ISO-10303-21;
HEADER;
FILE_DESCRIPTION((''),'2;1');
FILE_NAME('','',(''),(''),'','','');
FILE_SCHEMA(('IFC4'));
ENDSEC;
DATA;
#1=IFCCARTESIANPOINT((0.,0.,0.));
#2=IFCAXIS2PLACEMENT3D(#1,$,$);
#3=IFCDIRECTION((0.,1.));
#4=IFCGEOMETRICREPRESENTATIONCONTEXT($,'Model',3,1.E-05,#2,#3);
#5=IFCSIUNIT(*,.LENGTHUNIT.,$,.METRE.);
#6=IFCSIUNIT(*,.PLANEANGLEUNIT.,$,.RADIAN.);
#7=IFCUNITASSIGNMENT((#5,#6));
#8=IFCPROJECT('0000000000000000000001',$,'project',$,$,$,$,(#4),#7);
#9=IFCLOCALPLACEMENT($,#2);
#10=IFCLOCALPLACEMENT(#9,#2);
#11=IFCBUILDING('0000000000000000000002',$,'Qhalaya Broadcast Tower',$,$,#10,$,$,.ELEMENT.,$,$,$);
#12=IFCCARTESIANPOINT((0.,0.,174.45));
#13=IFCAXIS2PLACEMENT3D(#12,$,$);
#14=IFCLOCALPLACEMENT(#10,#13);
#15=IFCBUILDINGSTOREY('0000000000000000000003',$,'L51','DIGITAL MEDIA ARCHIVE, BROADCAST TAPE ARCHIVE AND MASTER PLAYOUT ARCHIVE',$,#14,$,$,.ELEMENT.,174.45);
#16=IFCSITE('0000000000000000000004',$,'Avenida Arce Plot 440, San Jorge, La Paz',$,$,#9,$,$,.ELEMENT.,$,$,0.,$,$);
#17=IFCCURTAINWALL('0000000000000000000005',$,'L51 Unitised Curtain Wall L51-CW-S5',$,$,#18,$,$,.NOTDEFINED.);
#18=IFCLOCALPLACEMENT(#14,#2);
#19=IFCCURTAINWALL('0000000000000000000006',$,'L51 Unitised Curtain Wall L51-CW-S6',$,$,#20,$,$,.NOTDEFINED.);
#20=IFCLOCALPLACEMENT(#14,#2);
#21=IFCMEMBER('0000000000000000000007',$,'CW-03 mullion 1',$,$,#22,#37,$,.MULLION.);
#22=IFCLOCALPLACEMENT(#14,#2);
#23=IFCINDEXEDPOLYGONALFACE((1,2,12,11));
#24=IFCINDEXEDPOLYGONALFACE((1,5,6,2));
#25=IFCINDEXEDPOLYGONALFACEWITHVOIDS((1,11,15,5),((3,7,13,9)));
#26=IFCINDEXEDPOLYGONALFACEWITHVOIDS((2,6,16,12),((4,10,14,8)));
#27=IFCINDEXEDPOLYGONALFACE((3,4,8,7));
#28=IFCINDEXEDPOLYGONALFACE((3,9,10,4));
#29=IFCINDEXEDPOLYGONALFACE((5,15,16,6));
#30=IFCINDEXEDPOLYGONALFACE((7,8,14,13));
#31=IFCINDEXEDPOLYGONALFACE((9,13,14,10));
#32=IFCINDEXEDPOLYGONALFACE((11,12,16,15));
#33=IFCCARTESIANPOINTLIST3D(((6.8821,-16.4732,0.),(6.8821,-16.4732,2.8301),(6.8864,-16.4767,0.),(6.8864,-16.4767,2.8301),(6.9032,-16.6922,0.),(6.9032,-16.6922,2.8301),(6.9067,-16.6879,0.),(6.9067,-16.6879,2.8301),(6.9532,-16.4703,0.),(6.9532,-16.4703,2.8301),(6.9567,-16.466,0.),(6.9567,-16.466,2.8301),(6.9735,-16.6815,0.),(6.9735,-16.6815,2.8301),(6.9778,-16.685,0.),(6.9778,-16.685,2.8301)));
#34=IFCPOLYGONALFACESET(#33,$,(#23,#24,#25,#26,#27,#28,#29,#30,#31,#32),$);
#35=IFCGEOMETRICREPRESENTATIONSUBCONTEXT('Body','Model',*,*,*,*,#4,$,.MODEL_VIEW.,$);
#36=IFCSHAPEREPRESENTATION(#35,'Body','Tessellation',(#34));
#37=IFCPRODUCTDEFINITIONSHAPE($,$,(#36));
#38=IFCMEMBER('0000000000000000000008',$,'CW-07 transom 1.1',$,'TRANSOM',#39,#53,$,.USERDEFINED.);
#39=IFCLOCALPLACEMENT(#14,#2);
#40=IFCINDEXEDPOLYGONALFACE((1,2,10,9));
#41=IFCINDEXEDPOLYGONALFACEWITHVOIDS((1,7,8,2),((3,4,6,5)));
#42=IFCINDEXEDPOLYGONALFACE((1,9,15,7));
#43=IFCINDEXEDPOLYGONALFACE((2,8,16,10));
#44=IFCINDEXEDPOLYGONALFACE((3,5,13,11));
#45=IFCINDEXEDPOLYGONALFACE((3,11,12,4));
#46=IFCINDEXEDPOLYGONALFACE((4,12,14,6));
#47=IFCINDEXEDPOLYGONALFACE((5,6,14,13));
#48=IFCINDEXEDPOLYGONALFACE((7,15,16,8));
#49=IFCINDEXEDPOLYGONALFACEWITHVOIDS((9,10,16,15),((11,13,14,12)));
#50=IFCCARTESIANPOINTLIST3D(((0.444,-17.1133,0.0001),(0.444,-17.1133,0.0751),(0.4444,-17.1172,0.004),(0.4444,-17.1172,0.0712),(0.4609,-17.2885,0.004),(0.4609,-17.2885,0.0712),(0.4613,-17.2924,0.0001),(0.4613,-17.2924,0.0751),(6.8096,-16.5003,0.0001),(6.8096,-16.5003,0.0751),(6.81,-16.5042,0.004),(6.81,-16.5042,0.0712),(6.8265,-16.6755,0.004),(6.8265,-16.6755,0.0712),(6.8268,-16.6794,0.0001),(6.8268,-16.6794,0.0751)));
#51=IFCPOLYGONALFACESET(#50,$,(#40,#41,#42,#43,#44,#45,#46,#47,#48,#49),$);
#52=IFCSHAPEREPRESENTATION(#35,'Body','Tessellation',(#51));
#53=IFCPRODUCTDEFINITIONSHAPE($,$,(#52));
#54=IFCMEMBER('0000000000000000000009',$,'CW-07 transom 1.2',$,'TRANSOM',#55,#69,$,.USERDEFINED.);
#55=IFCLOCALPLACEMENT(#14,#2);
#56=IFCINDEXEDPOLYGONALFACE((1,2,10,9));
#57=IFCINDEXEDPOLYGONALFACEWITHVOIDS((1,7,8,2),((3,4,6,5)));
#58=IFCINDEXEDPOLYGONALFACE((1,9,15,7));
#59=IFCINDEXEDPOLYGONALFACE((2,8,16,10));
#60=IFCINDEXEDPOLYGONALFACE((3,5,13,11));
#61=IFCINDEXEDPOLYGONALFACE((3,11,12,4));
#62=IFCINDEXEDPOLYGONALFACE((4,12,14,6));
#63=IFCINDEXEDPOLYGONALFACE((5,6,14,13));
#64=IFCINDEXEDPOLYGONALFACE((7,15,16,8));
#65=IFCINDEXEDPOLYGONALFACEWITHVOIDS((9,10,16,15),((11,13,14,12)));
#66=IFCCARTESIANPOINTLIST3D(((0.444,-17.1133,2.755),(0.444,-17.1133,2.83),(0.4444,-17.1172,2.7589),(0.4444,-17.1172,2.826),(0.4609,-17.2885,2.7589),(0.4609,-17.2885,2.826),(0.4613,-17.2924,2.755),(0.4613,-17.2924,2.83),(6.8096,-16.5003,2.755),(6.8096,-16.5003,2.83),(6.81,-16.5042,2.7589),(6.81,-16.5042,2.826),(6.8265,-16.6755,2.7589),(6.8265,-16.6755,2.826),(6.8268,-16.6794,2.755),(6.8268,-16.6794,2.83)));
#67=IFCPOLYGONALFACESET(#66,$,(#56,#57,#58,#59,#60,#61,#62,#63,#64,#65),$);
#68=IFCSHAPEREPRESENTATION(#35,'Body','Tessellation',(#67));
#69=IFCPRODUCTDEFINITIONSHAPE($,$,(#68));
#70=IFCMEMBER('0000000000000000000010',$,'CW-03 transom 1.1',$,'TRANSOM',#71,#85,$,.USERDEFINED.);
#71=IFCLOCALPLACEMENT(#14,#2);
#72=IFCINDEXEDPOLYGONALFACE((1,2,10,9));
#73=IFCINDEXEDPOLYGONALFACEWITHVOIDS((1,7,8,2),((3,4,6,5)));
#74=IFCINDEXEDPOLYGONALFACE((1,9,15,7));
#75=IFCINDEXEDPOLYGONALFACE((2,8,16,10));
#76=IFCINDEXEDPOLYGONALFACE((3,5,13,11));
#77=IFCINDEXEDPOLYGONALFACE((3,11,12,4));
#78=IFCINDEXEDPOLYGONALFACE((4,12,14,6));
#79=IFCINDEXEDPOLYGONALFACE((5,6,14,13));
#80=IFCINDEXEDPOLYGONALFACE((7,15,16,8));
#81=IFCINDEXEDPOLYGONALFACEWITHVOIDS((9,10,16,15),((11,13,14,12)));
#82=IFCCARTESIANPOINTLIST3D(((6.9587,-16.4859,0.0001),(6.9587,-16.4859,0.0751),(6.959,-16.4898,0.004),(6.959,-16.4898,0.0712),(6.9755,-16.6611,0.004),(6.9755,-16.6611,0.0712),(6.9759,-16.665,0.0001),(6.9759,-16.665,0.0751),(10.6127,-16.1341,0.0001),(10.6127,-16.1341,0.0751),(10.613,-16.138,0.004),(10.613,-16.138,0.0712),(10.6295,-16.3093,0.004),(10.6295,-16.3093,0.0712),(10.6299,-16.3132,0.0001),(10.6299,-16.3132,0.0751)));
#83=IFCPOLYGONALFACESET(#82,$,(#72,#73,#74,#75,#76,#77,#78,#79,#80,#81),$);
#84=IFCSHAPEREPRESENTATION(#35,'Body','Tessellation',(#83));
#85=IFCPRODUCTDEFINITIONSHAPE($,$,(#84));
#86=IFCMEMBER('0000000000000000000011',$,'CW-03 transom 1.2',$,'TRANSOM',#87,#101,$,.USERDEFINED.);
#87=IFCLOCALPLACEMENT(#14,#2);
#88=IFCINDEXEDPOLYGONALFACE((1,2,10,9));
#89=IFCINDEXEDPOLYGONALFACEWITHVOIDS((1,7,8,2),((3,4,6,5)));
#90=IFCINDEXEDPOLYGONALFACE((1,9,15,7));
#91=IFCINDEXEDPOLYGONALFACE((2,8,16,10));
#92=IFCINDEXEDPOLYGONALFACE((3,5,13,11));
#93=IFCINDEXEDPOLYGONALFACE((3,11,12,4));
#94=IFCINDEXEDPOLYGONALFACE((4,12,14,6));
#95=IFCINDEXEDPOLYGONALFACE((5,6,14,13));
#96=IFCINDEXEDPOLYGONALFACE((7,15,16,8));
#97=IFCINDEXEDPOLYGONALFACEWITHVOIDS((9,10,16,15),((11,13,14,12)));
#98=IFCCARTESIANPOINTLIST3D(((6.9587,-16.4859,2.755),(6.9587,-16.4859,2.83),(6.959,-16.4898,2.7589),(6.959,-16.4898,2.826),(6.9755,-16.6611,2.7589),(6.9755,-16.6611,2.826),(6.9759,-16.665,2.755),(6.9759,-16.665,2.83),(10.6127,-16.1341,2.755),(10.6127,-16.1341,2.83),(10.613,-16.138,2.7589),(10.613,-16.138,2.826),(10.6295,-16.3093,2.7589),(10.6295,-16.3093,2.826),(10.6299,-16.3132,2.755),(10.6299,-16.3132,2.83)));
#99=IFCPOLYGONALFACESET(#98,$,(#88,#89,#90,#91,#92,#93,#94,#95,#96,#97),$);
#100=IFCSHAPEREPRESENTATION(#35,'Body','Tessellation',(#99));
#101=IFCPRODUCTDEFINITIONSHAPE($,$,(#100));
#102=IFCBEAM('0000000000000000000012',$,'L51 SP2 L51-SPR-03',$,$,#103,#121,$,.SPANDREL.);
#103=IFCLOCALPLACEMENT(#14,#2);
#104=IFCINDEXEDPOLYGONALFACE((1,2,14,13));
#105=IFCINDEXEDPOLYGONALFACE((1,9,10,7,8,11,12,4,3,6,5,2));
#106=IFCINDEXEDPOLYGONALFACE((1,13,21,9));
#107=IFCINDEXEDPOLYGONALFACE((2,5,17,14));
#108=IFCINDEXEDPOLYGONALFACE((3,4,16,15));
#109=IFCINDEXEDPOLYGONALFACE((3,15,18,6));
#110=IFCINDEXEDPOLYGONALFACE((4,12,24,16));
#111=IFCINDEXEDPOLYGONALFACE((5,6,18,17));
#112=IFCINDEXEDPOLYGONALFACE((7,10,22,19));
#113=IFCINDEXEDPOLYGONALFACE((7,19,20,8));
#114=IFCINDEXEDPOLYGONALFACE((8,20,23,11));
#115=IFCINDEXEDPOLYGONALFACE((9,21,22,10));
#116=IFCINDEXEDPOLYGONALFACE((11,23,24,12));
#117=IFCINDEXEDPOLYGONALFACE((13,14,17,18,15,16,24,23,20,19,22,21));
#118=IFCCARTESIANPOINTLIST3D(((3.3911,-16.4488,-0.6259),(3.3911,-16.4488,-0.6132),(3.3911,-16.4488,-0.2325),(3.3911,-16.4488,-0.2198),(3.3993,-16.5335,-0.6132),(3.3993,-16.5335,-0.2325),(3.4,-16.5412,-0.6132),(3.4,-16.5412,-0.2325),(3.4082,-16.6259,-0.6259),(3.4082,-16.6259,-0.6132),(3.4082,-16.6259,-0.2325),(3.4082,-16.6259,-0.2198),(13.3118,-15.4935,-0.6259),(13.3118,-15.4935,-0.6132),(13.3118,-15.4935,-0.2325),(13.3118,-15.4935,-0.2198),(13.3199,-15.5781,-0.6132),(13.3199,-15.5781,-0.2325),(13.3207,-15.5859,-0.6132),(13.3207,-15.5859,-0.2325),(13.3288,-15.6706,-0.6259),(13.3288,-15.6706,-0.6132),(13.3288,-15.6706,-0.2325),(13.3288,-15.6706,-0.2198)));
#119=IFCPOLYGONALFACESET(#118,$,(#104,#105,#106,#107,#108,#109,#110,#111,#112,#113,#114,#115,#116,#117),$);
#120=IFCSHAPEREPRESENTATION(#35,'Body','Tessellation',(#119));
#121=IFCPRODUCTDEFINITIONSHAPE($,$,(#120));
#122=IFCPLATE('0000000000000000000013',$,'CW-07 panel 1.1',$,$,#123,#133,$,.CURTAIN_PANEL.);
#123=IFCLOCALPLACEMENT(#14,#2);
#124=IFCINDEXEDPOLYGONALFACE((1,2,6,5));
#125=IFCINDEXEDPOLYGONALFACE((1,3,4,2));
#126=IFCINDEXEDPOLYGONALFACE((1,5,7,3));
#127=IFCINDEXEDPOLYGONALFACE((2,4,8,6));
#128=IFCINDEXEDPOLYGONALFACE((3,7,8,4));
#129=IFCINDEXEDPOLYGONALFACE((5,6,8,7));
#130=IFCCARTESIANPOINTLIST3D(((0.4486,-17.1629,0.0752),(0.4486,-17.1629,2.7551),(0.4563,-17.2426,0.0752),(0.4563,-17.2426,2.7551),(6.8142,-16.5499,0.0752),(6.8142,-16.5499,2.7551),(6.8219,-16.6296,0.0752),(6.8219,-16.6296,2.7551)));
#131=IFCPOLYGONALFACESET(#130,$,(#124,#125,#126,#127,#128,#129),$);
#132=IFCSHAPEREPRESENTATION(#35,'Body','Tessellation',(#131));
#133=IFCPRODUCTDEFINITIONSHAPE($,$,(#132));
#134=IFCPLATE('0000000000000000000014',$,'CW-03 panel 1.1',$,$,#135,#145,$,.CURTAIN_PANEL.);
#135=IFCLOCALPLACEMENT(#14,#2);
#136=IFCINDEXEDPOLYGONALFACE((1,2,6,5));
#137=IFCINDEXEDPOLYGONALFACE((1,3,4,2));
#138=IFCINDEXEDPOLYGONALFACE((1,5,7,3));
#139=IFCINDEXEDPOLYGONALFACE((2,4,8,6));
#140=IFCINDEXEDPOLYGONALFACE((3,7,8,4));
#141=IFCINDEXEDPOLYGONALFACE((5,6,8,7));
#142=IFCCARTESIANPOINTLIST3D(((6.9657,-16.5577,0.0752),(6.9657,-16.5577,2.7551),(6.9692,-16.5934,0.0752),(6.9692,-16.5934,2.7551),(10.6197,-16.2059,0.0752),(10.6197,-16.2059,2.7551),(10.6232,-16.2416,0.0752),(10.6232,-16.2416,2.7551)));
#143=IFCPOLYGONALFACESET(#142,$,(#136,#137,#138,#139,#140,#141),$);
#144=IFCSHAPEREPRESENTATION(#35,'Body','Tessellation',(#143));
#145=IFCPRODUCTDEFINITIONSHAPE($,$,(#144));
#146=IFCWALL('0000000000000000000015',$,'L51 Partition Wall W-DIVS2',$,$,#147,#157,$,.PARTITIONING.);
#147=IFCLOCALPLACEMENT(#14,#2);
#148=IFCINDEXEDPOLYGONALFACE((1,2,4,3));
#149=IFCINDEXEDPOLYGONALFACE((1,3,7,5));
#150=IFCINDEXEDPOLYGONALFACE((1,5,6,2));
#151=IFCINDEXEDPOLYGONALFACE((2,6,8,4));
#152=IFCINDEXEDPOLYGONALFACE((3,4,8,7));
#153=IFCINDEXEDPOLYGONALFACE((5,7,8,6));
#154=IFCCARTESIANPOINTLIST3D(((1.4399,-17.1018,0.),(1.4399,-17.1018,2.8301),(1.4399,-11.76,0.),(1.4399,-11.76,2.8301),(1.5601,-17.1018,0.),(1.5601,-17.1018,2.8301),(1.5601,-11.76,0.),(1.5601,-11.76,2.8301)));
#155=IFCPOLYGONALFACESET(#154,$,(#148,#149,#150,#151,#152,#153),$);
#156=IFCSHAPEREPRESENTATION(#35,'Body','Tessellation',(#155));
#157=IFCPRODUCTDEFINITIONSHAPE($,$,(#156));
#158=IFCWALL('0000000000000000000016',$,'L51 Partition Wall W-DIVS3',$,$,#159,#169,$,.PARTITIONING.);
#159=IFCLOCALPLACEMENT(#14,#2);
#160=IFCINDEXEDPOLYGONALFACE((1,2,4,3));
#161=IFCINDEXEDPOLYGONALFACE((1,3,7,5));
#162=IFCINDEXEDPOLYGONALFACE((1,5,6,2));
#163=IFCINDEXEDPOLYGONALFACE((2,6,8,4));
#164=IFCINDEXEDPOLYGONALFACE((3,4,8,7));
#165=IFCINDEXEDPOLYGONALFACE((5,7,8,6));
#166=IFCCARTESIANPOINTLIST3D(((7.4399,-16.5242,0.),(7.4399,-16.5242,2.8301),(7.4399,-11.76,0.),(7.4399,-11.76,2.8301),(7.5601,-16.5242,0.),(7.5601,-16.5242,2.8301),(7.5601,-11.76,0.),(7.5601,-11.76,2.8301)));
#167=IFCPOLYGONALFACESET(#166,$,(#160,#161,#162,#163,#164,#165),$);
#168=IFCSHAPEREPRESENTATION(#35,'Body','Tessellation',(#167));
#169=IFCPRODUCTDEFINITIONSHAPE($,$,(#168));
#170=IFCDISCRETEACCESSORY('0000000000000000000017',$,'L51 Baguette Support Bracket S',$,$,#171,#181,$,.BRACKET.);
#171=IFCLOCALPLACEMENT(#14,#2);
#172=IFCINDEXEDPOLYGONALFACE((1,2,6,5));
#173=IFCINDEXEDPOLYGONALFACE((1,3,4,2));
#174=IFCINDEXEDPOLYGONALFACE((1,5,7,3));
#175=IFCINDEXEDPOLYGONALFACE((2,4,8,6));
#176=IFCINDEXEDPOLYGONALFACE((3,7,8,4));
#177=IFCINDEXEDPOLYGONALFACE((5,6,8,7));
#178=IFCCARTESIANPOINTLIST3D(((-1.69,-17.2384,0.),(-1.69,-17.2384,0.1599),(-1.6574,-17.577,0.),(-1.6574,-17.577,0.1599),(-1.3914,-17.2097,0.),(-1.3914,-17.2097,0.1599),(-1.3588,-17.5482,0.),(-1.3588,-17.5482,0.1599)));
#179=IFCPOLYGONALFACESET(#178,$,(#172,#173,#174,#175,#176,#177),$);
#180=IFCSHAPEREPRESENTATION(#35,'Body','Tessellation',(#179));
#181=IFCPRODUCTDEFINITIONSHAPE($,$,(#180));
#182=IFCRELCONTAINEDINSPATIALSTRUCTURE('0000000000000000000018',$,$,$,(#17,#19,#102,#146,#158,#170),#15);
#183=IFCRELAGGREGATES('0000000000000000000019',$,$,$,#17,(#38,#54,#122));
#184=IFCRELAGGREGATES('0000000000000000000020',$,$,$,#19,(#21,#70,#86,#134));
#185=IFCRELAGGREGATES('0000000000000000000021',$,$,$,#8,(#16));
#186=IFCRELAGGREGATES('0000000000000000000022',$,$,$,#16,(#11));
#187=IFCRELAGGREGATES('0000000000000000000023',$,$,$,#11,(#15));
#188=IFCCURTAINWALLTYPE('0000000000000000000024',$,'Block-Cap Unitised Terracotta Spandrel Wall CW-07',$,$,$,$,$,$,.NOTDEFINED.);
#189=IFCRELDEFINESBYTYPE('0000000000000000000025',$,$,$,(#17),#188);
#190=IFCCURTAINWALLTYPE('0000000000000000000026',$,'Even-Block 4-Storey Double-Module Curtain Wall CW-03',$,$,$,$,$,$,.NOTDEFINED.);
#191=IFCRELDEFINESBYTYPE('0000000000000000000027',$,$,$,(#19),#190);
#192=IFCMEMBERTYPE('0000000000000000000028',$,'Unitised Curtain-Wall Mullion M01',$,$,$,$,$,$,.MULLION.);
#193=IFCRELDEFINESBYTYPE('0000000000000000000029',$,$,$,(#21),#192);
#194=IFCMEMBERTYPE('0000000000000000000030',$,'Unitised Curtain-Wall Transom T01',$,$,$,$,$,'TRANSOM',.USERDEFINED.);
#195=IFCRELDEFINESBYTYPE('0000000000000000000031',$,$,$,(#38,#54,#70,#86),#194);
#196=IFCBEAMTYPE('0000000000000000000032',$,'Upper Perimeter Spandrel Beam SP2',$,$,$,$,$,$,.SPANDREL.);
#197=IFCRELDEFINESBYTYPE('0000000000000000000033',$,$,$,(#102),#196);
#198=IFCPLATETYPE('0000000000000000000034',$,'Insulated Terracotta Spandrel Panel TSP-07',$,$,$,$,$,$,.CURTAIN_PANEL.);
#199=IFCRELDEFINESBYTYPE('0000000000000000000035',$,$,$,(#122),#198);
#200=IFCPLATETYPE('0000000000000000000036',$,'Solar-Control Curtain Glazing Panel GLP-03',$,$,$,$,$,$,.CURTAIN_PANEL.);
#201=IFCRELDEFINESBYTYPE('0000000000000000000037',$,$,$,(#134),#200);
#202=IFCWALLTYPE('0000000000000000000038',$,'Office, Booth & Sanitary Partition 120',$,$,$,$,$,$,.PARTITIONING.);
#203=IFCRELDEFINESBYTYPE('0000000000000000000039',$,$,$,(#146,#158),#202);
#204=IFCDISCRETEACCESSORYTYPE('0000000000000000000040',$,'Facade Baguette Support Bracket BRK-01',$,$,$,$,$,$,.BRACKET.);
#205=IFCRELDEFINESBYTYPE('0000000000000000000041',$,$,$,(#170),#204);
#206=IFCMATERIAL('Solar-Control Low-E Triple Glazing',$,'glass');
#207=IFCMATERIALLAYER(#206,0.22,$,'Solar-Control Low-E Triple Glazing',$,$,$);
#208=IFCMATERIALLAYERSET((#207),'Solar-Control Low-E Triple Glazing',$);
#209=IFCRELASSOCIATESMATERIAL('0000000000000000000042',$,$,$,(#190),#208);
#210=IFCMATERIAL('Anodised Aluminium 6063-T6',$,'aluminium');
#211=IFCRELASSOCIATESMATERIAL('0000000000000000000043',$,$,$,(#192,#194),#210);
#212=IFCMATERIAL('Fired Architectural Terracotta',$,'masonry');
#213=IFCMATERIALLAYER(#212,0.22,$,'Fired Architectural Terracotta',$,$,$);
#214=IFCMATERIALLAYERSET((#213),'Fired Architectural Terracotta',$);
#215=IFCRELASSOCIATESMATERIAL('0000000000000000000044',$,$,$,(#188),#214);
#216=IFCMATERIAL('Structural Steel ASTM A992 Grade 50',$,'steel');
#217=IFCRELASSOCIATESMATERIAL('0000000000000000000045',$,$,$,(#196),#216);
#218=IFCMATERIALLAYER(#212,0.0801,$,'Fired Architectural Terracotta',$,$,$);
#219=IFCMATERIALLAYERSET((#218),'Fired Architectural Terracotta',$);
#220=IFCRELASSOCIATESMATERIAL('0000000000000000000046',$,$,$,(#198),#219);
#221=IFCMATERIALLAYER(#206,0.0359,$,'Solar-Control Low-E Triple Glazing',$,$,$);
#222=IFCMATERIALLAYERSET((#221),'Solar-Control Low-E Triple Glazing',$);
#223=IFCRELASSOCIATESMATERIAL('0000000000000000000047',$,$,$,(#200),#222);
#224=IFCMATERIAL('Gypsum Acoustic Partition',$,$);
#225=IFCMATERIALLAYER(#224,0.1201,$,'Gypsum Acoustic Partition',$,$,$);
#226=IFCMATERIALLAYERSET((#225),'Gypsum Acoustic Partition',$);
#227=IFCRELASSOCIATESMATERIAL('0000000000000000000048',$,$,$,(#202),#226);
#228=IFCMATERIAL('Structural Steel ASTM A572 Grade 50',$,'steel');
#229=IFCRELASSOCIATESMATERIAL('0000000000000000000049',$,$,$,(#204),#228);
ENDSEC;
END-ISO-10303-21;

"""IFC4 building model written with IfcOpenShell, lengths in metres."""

from ifc_helpers import new_model, si_unit, direction, frame, frame_2d, origin, origin_2d, place, context, subcontext, project, spatial, rectangle, hollow_rectangle, i_section, extrude, material, layer, layer_set, material_profile, profile_set, type_object, element, aggregate, save


model = new_model("IFC4")

# Units and contexts
model_context = context("Model", 3, precision=1e-05, world=origin(), true_north=direction((0.0, 1.0)))
body_context = subcontext(model_context, "Body", "Model", "MODEL_VIEW")
ifc_project = project(units=[si_unit("LENGTHUNIT", "METRE"), si_unit("PLANEANGLEUNIT", "RADIAN")], contexts=[model_context])

# Site, building, storey
site_placement = place(None, origin())
site = spatial("IfcSite", under=ifc_project, at=site_placement, Name="Avenida Arce Plot 440, San Jorge, La Paz", CompositionType="ELEMENT", RefElevation=0.0)
building_placement = place(site_placement, origin())
building = spatial("IfcBuilding", under=site, at=building_placement, Name="Qhalaya Broadcast Tower", CompositionType="ELEMENT")
storey_placement = place(building_placement, frame((0.0, 0.0, 174.45)))
storey = spatial("IfcBuildingStorey", under=building, at=storey_placement, Name="L51", Description="DIGITAL MEDIA ARCHIVE, BROADCAST TAPE ARCHIVE AND MASTER PLAYOUT ARCHIVE", CompositionType="ELEMENT", Elevation=174.45)

# Shared definitions
ifc_material_1 = material(Name="Structural Steel ASTM A572 Grade 50", Category="steel")

# Shared definitions
ifc_material_2 = material(Name="Structural Steel ASTM A992 Grade 50", Category="steel")

# Shared definitions
ifc_material_3 = material(Name="Solar-Control Low-E Triple Glazing", Category="glass")
ifc_layer_1 = layer(ifc_material_3, 0.22, Name="Solar-Control Low-E Triple Glazing")
ifc_layer_set_1 = layer_set([ifc_layer_1], Name="Solar-Control Low-E Triple Glazing")
curtain_wall_type_1 = type_object("IfcCurtainWallType", Name="Even-Block 4-Storey Double-Module Curtain Wall CW-03", PredefinedType="NOTDEFINED", material=ifc_layer_set_1)
ifc_material_4 = material(Name="Anodised Aluminium 6063-T6", Category="aluminium")
ifc_material_profile_1 = material_profile(ifc_material_4, hollow_rectangle(XDim=0.075, YDim=0.22, WallThickness=0.0039, at=origin_2d()), Name="ALU-MUL 75x220x4")
ifc_profile_set_1 = profile_set([ifc_material_profile_1], Name="Anodised Aluminium 6063-T6")
member_type_1 = type_object("IfcMemberType", Name="Unitised Curtain-Wall Mullion M01", PredefinedType="MULLION", material=ifc_profile_set_1)

# Curtain wall
ifc_material_5 = material(Name="Fired Architectural Terracotta", Category="masonry")
ifc_layer_2 = layer(ifc_material_5, 0.22, Name="Fired Architectural Terracotta")
ifc_layer_set_2 = layer_set([ifc_layer_2], Name="Fired Architectural Terracotta")
curtain_wall_type_2 = type_object("IfcCurtainWallType", Name="Block-Cap Unitised Terracotta Spandrel Wall CW-07", PredefinedType="NOTDEFINED", material=ifc_layer_set_2)
curtain_wall_1_placement = place(storey_placement, origin())
curtain_wall_1 = element("IfcCurtainWall", 1, at=curtain_wall_1_placement, inside=storey, type_object=curtain_wall_type_2, Name="L51 Unitised Curtain Wall L51-CW-S5", PredefinedType="NOTDEFINED")

# Curtain wall, member
curtain_wall_2_placement = place(storey_placement, origin())
curtain_wall_2 = element("IfcCurtainWall", 2, at=curtain_wall_2_placement, inside=storey, type_object=curtain_wall_type_1, Name="L51 Unitised Curtain Wall L51-CW-S6", PredefinedType="NOTDEFINED")
member_1_placement = place(storey_placement, frame((6.9299, -16.5791, 0.0), z_axis=(0.0, 0.0, 1.0), x_axis=(0.995397, 0.095839, 0.0)))
member_1 = element("IfcMember", 3, at=member_1_placement, type_object=member_type_1, Name="CW-03 mullion 1", PredefinedType="MULLION", context=body_context, shape_type="SweptSolid", body=[
    extrude(hollow_rectangle(XDim=0.075, YDim=0.22, WallThickness=0.0039, at=origin_2d()), origin(), (0.0, 0.0, 1.0), 2.8301),
])

# Members
ifc_material_profile_2 = material_profile(ifc_material_4, hollow_rectangle(XDim=0.075, YDim=0.1799, WallThickness=0.0039, at=origin_2d()), Name="ALU-TRN 75x180x4")
ifc_profile_set_2 = profile_set([ifc_material_profile_2], Name="Anodised Aluminium 6063-T6")
member_type_2 = type_object("IfcMemberType", Name="Unitised Curtain-Wall Transom T01", ElementType="TRANSOM", PredefinedType="USERDEFINED", material=ifc_profile_set_2)
member_2_placement = place(storey_placement, frame((0.4526, -17.2029, 0.0376), z_axis=(0.995395, 0.095863, 0.0), x_axis=(0.0, 0.0, 1.0)))
member_2 = element("IfcMember", 4, at=member_2_placement, type_object=member_type_2, Name="CW-07 transom 1.1", ObjectType="TRANSOM", PredefinedType="USERDEFINED", context=body_context, shape_type="SweptSolid", body=[
    extrude(hollow_rectangle(XDim=0.075, YDim=0.1799, WallThickness=0.0039, at=origin_2d()), origin(), (0.0, 0.0, 1.0), 6.395),
])
member_3_placement = place(storey_placement, frame((0.4526, -17.2029, 2.7925), z_axis=(0.995395, 0.095863, 0.0), x_axis=(0.0, 0.0, 1.0)))
member_3 = element("IfcMember", 5, at=member_3_placement, type_object=member_type_2, Name="CW-07 transom 1.2", ObjectType="TRANSOM", PredefinedType="USERDEFINED", context=body_context, shape_type="SweptSolid", body=[
    extrude(hollow_rectangle(XDim=0.075, YDim=0.1799, WallThickness=0.0039, at=origin_2d()), origin(), (0.0, 0.0, 1.0), 6.395),
])
member_4_placement = place(storey_placement, frame((6.9673, -16.5754, 0.0376), z_axis=(0.995397, 0.095835, 0.0), x_axis=(0.0, 0.0, 1.0)))
member_4 = element("IfcMember", 6, at=member_4_placement, type_object=member_type_2, Name="CW-03 transom 1.1", ObjectType="TRANSOM", PredefinedType="USERDEFINED", context=body_context, shape_type="SweptSolid", body=[
    extrude(hollow_rectangle(XDim=0.075, YDim=0.1799, WallThickness=0.0039, at=origin_2d()), origin(), (0.0, 0.0, 1.0), 3.6709),
])
member_5_placement = place(storey_placement, frame((6.9673, -16.5754, 2.7925), z_axis=(0.995397, 0.095835, 0.0), x_axis=(0.0, 0.0, 1.0)))
member_5 = element("IfcMember", 7, at=member_5_placement, type_object=member_type_2, Name="CW-03 transom 1.2", ObjectType="TRANSOM", PredefinedType="USERDEFINED", context=body_context, shape_type="SweptSolid", body=[
    extrude(hollow_rectangle(XDim=0.075, YDim=0.1799, WallThickness=0.0039, at=origin_2d()), origin(), (0.0, 0.0, 1.0), 3.6709),
])

# Beam
ifc_material_profile_3 = material_profile(ifc_material_2, i_section(OverallWidth=0.178, OverallDepth=0.406, WebThickness=0.0078, FlangeThickness=0.0127, at=origin_2d()), Name="W16X40")
ifc_profile_set_3 = profile_set([ifc_material_profile_3], Name="Structural Steel ASTM A992 Grade 50")
beam_type_1 = type_object("IfcBeamType", Name="Upper Perimeter Spandrel Beam SP2", PredefinedType="SPANDREL", material=ifc_profile_set_3)
beam_1_placement = place(storey_placement, frame((3.3997, -16.5374, -0.4229), z_axis=(0.995396, 0.095853, 0.0), x_axis=(-0.095853, 0.995396, 0.0)))
element("IfcBeam", 8, at=beam_1_placement, inside=storey, type_object=beam_type_1, Name="L51 SP2 L51-SPR-03", PredefinedType="SPANDREL", context=body_context, shape_type="SweptSolid", body=[
    extrude(i_section(OverallWidth=0.178, OverallDepth=0.406, WebThickness=0.0078, FlangeThickness=0.0127, at=origin_2d()), origin(), (0.0, 0.0, 1.0), 9.9666),
])

# Plates
ifc_layer_3 = layer(ifc_material_5, 0.0801, Name="Fired Architectural Terracotta")
ifc_layer_set_3 = layer_set([ifc_layer_3], Name="Fired Architectural Terracotta")
plate_type_1 = type_object("IfcPlateType", Name="Insulated Terracotta Spandrel Panel TSP-07", PredefinedType="CURTAIN_PANEL", material=ifc_layer_set_3)
plate_1_placement = place(storey_placement, frame((3.6353, -16.8962, 0.0752), z_axis=(0.0, 0.0, 1.0), x_axis=(0.995396, 0.095845, 0.0)))
plate_1 = element("IfcPlate", 9, at=plate_1_placement, type_object=plate_type_1, Name="CW-07 panel 1.1", PredefinedType="CURTAIN_PANEL", context=body_context, shape_type="SweptSolid", body=[
    extrude(rectangle(XDim=6.395, YDim=0.0801, at=origin_2d()), origin(), (0.0, 0.0, 1.0), 2.6799),
])
aggregate(curtain_wall_1, [member_2, member_3, plate_1])
ifc_layer_4 = layer(ifc_material_3, 0.0359, Name="Solar-Control Low-E Triple Glazing")
ifc_layer_set_4 = layer_set([ifc_layer_4], Name="Solar-Control Low-E Triple Glazing")
plate_type_2 = type_object("IfcPlateType", Name="Solar-Control Curtain Glazing Panel GLP-03", PredefinedType="CURTAIN_PANEL", material=ifc_layer_set_4)
plate_2_placement = place(storey_placement, frame((8.7944, -16.3997, 0.0752), z_axis=(0.0, 0.0, 1.0), x_axis=(0.995397, 0.095839, 0.0)))
plate_2 = element("IfcPlate", 10, at=plate_2_placement, type_object=plate_type_2, Name="CW-03 panel 1.1", PredefinedType="CURTAIN_PANEL", context=body_context, shape_type="SweptSolid", body=[
    extrude(rectangle(XDim=3.6709, YDim=0.0359, at=origin_2d()), origin(), (0.0, 0.0, 1.0), 2.6799),
])
aggregate(curtain_wall_2, [member_1, member_4, member_5, plate_2])

# Walls
ifc_material_6 = material(Name="Gypsum Acoustic Partition")
ifc_layer_5 = layer(ifc_material_6, 0.1201, Name="Gypsum Acoustic Partition")
ifc_layer_set_5 = layer_set([ifc_layer_5], Name="Gypsum Acoustic Partition")
wall_type = type_object("IfcWallType", Name="Office, Booth & Sanitary Partition 120", PredefinedType="PARTITIONING", material=ifc_layer_set_5)
wall_1_placement = place(storey_placement, frame((1.5, -17.1018, 0.0), z_axis=(0.0, 0.0, 1.0), x_axis=(0.0, 1.0, 0.0)))
element("IfcWall", 11, at=wall_1_placement, inside=storey, type_object=wall_type, Name="L51 Partition Wall W-DIVS2", PredefinedType="PARTITIONING", context=body_context, shape_type="SweptSolid", body=[
    extrude(rectangle(XDim=5.3418, YDim=0.1201, at=frame_2d((2.6709, 0.0))), origin(), (0.0, 0.0, 1.0), 2.8301),
])
wall_2_placement = place(storey_placement, frame((7.5, -16.5242, 0.0), z_axis=(0.0, 0.0, 1.0), x_axis=(0.0, 1.0, 0.0)))
element("IfcWall", 12, at=wall_2_placement, inside=storey, type_object=wall_type, Name="L51 Partition Wall W-DIVS3", PredefinedType="PARTITIONING", context=body_context, shape_type="SweptSolid", body=[
    extrude(rectangle(XDim=4.7642, YDim=0.1201, at=frame_2d((2.3821, 0.0))), origin(), (0.0, 0.0, 1.0), 2.8301),
])

# Discrete accessory
discrete_accessory_type = type_object("IfcDiscreteAccessoryType", Name="Facade Baguette Support Bracket BRK-01", PredefinedType="BRACKET", material=ifc_material_1)
discrete_accessory_placement = place(storey_placement, frame((-1.5244, -17.3933, 0.0), z_axis=(0.0, 0.0, 1.0), x_axis=(0.995396, 0.095846, 0.0)))
element("IfcDiscreteAccessory", 13, at=discrete_accessory_placement, inside=storey, type_object=discrete_accessory_type, Name="L51 Baguette Support Bracket S", PredefinedType="BRACKET", context=body_context, shape_type="SweptSolid", body=[
    extrude(rectangle(XDim=0.3, YDim=0.3401, at=origin_2d()), origin(), (0.0, 0.0, 1.0), 0.1599),
])

save(model, "model.ifc")
